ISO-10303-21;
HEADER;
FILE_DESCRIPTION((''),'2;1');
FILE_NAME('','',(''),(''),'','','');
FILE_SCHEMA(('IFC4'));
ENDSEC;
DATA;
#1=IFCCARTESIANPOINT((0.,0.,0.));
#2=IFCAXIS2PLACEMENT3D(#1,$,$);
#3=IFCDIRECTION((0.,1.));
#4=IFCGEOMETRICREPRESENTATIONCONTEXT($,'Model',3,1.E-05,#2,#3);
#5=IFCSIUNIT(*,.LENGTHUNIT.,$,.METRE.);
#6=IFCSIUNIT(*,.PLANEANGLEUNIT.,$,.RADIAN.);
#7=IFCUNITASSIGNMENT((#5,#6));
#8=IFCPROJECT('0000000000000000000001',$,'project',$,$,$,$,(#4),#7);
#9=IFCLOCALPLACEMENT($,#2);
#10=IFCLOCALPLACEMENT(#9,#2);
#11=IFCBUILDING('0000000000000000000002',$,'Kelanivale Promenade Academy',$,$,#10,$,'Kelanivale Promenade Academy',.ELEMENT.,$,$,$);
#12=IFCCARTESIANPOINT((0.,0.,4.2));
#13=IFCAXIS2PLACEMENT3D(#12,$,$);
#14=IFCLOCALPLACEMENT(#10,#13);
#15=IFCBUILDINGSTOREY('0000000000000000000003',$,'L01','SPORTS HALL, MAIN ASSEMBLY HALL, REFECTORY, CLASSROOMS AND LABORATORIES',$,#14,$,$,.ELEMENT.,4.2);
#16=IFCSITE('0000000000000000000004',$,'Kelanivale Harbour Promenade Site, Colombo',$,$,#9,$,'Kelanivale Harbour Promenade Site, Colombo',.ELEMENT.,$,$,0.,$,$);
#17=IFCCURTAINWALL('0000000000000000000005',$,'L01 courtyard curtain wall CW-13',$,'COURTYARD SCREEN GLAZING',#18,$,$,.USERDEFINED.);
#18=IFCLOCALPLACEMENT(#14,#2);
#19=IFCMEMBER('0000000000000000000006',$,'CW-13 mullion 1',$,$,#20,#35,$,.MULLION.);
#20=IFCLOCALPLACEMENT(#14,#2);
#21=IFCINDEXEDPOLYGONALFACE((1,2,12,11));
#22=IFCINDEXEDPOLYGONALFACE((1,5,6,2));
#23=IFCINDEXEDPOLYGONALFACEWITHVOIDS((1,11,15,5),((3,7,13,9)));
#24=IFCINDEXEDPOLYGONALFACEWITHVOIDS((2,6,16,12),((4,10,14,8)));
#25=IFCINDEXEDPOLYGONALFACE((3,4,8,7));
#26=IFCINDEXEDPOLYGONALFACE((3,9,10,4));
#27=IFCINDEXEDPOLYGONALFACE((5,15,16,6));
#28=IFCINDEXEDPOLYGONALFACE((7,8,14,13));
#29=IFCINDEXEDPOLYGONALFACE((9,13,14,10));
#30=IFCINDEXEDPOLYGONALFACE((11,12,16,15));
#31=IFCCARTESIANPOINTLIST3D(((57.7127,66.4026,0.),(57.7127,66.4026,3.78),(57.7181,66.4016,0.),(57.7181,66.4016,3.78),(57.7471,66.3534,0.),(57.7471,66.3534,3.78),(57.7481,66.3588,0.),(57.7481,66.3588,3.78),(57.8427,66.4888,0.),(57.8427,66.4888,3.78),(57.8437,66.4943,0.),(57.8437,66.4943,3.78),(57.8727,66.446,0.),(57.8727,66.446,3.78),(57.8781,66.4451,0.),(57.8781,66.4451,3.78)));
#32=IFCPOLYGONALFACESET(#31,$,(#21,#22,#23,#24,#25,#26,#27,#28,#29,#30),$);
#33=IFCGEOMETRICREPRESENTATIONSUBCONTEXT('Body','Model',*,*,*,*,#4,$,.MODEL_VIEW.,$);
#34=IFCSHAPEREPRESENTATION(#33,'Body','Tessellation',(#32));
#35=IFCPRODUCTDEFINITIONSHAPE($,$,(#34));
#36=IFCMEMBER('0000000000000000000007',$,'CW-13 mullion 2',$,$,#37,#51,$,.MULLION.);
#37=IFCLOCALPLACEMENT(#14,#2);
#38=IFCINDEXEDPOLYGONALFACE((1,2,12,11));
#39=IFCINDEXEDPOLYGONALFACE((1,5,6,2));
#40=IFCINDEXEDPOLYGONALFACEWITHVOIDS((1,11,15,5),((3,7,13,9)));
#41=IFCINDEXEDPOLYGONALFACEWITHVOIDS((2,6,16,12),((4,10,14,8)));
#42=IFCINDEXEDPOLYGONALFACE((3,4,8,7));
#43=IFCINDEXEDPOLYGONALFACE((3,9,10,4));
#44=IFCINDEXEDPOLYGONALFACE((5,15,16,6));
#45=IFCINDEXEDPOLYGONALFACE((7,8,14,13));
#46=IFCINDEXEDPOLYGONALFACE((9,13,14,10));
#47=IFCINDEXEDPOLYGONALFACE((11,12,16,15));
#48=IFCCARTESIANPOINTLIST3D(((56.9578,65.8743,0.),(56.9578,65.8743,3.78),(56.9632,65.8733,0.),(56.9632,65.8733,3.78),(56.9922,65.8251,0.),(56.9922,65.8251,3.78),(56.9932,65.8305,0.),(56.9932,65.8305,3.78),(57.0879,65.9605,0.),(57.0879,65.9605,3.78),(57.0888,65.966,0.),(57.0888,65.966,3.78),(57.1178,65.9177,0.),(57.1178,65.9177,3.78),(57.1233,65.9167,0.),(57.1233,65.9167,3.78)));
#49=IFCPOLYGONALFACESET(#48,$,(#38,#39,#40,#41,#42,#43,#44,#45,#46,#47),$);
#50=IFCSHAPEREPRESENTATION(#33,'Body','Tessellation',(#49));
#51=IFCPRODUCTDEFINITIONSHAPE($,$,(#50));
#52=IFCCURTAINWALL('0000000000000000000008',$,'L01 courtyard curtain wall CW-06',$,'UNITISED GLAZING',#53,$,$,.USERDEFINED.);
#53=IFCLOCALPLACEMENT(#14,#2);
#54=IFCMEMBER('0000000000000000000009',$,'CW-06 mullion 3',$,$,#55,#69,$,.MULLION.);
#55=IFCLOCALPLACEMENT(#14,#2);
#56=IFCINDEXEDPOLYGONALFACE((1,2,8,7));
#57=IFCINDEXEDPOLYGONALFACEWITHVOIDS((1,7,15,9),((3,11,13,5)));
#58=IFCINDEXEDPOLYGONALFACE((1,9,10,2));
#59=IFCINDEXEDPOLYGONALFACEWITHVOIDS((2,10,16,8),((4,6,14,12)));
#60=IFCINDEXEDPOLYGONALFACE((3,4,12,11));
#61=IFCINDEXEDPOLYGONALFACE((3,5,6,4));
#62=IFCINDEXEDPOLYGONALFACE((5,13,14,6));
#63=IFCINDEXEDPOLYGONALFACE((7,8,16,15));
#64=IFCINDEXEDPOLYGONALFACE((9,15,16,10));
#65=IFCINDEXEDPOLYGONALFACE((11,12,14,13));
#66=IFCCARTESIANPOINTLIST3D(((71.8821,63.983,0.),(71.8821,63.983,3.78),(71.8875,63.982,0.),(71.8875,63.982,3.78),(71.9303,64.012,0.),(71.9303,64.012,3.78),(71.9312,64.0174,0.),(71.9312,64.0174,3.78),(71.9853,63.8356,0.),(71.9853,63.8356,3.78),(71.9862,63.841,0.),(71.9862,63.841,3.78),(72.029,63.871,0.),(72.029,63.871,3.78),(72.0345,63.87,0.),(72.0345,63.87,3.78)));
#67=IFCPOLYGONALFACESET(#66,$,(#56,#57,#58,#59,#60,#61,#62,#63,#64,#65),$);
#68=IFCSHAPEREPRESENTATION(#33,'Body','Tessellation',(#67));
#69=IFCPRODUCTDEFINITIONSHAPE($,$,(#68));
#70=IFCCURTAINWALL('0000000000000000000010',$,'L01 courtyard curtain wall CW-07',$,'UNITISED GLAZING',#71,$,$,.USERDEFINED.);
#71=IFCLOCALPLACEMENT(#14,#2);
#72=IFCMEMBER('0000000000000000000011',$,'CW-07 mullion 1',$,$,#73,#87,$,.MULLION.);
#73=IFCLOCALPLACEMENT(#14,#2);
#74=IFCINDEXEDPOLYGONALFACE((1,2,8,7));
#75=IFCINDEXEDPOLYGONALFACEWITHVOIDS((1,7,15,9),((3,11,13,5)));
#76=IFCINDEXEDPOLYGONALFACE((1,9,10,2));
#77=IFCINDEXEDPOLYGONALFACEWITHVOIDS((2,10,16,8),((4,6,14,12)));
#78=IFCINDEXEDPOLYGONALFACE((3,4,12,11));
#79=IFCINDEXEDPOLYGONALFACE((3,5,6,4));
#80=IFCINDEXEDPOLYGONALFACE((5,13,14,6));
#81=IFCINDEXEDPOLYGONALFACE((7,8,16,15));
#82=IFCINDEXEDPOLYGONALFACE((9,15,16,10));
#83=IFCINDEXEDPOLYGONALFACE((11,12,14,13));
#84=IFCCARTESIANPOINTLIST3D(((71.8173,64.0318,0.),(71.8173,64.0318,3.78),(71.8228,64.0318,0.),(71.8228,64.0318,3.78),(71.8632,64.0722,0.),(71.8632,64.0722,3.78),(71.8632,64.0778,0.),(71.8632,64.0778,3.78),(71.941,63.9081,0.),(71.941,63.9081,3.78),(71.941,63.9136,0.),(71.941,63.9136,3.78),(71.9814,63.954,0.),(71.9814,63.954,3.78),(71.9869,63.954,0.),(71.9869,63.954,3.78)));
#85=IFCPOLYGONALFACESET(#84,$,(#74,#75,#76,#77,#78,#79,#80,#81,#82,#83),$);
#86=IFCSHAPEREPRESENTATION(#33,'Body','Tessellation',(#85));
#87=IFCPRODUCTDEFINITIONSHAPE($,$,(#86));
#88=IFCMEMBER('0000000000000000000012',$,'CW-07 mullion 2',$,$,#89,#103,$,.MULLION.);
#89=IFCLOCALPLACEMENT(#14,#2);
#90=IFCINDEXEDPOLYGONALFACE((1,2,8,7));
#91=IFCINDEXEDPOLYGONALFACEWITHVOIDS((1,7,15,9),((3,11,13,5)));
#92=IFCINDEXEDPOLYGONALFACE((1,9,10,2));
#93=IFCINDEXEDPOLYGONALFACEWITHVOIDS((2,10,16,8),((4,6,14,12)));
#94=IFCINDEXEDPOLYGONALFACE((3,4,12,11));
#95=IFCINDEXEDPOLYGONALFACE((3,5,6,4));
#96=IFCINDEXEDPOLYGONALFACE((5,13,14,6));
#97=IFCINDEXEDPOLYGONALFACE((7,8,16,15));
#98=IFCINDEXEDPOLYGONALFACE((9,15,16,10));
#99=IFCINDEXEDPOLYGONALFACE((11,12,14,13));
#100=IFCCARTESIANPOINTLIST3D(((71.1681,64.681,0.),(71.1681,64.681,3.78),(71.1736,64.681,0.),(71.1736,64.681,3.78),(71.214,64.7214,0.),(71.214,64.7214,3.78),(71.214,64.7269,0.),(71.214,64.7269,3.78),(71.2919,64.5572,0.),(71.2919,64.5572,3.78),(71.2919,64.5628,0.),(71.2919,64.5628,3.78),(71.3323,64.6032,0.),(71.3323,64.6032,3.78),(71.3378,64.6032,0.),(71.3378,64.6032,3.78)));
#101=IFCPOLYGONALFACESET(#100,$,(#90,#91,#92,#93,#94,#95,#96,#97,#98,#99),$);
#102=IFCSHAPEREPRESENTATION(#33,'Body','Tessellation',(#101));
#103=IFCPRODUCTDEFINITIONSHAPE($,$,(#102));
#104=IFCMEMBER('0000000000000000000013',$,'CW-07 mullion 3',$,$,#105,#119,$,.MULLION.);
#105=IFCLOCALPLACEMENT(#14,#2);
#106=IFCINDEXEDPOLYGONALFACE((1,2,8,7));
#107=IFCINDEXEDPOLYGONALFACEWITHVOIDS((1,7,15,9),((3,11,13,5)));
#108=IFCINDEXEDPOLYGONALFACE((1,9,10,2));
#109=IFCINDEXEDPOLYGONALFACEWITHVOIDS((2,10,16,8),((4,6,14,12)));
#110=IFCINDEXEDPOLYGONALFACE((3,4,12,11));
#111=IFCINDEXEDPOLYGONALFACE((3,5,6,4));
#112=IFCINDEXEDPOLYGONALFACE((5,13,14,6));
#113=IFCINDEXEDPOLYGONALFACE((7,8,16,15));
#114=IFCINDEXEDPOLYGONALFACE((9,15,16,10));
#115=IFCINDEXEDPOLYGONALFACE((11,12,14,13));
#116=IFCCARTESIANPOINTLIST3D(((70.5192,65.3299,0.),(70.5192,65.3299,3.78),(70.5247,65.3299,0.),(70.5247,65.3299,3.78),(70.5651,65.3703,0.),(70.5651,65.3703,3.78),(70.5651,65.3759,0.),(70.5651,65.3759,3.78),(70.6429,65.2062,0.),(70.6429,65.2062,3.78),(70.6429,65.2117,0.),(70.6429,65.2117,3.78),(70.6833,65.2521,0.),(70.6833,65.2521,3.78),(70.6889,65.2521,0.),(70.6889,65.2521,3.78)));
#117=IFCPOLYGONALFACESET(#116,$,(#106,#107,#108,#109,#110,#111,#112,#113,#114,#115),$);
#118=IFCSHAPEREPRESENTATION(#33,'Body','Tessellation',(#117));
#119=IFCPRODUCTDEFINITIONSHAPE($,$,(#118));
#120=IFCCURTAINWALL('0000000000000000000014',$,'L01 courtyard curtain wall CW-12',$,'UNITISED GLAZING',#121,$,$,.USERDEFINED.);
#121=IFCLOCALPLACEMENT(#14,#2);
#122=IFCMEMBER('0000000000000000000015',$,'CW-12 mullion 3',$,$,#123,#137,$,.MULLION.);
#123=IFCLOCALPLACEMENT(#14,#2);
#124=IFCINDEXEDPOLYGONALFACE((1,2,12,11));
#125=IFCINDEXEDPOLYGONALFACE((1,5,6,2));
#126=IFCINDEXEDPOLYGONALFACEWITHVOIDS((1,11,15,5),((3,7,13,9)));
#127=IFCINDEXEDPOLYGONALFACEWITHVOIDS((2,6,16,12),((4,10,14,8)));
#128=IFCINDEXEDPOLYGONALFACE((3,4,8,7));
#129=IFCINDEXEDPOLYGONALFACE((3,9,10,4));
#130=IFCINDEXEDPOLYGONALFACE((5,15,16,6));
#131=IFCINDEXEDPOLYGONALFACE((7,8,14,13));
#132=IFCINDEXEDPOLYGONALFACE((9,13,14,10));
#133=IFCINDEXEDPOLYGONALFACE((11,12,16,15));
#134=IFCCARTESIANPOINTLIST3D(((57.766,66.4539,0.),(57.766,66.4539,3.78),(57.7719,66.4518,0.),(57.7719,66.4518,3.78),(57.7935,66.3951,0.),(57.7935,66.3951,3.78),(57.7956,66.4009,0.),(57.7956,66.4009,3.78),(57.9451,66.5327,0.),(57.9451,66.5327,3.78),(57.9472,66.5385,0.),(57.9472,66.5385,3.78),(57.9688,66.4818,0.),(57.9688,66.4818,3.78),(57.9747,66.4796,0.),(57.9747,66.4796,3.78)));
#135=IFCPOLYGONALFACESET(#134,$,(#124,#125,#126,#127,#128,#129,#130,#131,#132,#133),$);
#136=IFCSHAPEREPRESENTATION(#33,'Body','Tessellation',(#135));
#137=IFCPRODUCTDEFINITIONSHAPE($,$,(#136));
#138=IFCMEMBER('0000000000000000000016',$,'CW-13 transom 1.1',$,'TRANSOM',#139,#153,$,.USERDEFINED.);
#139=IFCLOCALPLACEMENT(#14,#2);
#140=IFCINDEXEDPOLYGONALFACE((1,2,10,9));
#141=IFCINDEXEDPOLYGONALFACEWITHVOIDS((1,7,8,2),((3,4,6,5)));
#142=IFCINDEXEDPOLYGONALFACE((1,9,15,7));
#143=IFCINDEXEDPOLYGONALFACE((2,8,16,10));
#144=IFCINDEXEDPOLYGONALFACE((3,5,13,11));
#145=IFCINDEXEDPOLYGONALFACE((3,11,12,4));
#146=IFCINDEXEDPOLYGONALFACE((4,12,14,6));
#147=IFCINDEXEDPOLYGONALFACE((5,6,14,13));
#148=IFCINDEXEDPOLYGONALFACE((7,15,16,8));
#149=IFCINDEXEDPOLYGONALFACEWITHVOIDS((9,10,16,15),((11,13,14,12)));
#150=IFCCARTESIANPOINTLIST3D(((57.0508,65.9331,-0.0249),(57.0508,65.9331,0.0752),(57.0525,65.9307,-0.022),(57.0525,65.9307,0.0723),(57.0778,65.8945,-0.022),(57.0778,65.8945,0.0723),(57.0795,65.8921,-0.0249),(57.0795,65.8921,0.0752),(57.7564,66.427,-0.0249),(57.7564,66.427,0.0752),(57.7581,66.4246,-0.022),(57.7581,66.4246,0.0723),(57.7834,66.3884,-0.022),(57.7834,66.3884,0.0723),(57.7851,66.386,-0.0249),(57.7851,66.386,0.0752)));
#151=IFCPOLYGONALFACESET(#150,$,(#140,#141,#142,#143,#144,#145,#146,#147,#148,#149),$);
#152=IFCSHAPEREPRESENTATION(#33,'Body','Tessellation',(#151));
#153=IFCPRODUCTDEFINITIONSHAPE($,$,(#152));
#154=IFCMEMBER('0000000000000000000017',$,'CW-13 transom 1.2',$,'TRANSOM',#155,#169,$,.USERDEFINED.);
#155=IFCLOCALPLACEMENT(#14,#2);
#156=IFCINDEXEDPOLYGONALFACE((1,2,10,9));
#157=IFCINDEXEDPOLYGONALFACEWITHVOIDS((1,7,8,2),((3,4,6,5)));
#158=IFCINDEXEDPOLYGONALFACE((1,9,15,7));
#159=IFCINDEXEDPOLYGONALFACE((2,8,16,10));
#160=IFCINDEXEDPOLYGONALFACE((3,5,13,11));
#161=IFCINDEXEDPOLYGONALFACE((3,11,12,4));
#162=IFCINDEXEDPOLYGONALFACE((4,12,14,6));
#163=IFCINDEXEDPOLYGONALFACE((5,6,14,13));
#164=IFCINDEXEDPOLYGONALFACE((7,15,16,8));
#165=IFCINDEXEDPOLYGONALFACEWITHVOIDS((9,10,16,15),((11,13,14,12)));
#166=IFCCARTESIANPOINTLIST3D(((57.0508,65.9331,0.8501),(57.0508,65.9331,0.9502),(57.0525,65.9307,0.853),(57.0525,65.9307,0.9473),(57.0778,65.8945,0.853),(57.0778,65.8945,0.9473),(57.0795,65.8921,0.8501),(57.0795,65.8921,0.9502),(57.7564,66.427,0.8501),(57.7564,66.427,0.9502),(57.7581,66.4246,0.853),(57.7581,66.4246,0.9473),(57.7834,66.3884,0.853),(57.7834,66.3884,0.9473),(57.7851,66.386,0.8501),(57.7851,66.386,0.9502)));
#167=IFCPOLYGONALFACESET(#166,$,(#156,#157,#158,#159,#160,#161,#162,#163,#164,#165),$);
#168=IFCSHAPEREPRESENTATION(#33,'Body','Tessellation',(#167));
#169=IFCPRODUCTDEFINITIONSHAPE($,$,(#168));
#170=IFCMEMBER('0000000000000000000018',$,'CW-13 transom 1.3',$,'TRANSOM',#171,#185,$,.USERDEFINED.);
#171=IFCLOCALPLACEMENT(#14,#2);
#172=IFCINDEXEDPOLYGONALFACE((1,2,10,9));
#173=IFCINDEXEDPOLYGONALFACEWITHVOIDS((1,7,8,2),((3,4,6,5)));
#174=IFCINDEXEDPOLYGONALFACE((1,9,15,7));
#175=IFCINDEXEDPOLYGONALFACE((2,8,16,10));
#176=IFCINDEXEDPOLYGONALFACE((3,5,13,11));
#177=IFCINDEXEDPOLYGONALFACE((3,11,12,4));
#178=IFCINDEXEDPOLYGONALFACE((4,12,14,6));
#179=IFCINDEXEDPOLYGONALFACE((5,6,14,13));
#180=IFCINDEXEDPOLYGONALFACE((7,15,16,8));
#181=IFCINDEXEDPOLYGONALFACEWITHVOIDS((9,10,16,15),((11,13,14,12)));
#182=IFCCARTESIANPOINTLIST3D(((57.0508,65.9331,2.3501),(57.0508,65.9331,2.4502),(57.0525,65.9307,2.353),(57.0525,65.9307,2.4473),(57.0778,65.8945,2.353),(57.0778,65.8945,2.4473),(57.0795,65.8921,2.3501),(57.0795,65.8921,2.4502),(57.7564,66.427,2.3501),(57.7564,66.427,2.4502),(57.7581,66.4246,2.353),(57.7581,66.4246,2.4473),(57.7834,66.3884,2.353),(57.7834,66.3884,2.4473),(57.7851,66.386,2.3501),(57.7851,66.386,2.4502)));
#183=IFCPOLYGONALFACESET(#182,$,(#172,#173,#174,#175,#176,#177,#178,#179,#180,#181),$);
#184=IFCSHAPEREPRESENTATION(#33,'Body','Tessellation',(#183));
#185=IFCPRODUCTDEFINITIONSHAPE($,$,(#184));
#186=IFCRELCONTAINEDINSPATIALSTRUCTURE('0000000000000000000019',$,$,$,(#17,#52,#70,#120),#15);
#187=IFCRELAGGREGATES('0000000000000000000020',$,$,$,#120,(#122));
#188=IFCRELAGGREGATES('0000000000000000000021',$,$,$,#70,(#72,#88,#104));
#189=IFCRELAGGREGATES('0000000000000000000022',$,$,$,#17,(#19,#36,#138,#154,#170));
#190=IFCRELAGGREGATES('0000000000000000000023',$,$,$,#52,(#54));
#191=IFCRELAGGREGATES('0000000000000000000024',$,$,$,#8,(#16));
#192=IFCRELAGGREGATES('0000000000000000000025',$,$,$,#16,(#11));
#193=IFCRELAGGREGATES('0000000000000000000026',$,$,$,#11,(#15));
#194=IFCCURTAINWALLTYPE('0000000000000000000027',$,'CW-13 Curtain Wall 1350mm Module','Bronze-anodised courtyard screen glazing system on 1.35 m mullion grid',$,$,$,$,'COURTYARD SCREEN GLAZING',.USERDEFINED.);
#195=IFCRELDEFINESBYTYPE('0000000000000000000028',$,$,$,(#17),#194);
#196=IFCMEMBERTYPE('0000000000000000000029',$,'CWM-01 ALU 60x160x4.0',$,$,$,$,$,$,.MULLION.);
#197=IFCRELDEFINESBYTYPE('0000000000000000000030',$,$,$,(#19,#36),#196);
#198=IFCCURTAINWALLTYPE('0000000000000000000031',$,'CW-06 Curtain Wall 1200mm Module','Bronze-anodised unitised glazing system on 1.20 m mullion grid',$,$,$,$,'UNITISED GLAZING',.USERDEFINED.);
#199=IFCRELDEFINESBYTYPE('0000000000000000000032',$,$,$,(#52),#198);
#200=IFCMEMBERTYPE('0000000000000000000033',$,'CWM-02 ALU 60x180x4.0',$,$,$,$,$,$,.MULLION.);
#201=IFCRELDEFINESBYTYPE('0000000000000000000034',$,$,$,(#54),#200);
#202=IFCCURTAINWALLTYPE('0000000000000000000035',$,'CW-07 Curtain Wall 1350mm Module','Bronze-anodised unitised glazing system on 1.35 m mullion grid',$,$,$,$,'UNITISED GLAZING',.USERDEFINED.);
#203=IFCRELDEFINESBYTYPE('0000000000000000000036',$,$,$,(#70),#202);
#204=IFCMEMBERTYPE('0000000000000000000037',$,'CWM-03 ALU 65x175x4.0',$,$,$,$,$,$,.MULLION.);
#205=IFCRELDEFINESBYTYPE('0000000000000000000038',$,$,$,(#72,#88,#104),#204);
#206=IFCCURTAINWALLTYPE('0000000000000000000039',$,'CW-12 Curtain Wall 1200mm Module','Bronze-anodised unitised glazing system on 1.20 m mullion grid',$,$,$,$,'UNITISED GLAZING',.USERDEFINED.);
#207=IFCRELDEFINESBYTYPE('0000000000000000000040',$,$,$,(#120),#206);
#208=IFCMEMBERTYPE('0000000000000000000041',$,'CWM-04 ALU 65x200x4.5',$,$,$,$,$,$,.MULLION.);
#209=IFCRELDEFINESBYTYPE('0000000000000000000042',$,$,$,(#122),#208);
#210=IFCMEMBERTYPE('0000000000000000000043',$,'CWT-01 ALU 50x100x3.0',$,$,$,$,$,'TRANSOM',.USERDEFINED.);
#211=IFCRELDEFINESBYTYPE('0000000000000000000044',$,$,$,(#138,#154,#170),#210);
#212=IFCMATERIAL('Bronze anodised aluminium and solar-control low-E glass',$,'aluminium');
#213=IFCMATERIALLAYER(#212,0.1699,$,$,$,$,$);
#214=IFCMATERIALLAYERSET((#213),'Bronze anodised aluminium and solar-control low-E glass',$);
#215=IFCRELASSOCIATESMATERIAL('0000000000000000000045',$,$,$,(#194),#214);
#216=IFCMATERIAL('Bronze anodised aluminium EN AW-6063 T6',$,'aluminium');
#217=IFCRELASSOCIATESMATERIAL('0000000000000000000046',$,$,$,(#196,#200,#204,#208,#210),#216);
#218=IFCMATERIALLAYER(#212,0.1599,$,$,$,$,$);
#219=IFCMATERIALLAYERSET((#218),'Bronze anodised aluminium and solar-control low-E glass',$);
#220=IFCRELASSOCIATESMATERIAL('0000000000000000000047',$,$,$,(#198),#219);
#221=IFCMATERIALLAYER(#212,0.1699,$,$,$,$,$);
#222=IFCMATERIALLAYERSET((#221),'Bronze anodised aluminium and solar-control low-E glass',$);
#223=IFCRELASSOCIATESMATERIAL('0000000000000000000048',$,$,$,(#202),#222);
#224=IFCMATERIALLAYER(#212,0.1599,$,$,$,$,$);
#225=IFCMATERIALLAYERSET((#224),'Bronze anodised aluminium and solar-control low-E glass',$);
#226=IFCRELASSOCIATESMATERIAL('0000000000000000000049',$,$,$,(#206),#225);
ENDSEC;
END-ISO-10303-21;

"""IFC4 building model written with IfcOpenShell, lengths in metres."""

from ifc_helpers import new_model, si_unit, direction, frame, origin, origin_2d, place, context, subcontext, project, spatial, hollow_rectangle, extrude, material, layer, layer_set, material_profile, profile_set, type_object, element, aggregate, save


model = new_model("IFC4")

# Units and contexts
model_context = context("Model", 3, precision=1e-05, world=origin(), true_north=direction((0.0, 1.0)))
body_context = subcontext(model_context, "Body", "Model", "MODEL_VIEW")
ifc_project = project(units=[si_unit("LENGTHUNIT", "METRE"), si_unit("PLANEANGLEUNIT", "RADIAN")], contexts=[model_context])

# Site, building, storey
site_placement = place(None, origin())
site = spatial("IfcSite", under=ifc_project, at=site_placement, Name="Kelanivale Harbour Promenade Site, Colombo", LongName="Kelanivale Harbour Promenade Site, Colombo", CompositionType="ELEMENT", RefElevation=0.0)
building_placement = place(site_placement, origin())
building = spatial("IfcBuilding", under=site, at=building_placement, Name="Kelanivale Promenade Academy", LongName="Kelanivale Promenade Academy", CompositionType="ELEMENT")
storey_placement = place(building_placement, frame((0.0, 0.0, 4.2)))
storey = spatial("IfcBuildingStorey", under=building, at=storey_placement, Name="L01", Description="SPORTS HALL, MAIN ASSEMBLY HALL, REFECTORY, CLASSROOMS AND LABORATORIES", CompositionType="ELEMENT", Elevation=4.2)

# Curtain wall, members
ifc_material_1 = material(Name="Bronze anodised aluminium and solar-control low-E glass", Category="aluminium")
ifc_layer_1 = layer(ifc_material_1, 0.1699)
ifc_layer_set_1 = layer_set([ifc_layer_1], Name="Bronze anodised aluminium and solar-control low-E glass")
curtain_wall_type_1 = type_object("IfcCurtainWallType", Name="CW-13 Curtain Wall 1350mm Module", Description="Bronze-anodised courtyard screen glazing system on 1.35 m mullion grid", ElementType="COURTYARD SCREEN GLAZING", PredefinedType="USERDEFINED", material=ifc_layer_set_1)
curtain_wall_1_placement = place(storey_placement, origin())
curtain_wall_1 = element("IfcCurtainWall", 1, at=curtain_wall_1_placement, inside=storey, type_object=curtain_wall_type_1, Name="L01 courtyard curtain wall CW-13", ObjectType="COURTYARD SCREEN GLAZING", PredefinedType="USERDEFINED")
ifc_material_2 = material(Name="Bronze anodised aluminium EN AW-6063 T6", Category="aluminium")
ifc_material_profile_1 = material_profile(ifc_material_2, hollow_rectangle(XDim=0.0601, YDim=0.1599, WallThickness=0.0039, at=origin_2d()), Name="ALU 60x160x4.0")
ifc_profile_set_1 = profile_set([ifc_material_profile_1], Name="Bronze anodised aluminium EN AW-6063 T6")
member_type_1 = type_object("IfcMemberType", Name="CWM-01 ALU 60x160x4.0", PredefinedType="MULLION", material=ifc_profile_set_1)
member_1_placement = place(storey_placement, frame((57.7954, 66.4238, 0.0), z_axis=(0.0, 0.0, 1.0), x_axis=(0.573357, -0.819306, 0.0)))
member_1 = element("IfcMember", 2, at=member_1_placement, type_object=member_type_1, Name="CW-13 mullion 1", PredefinedType="MULLION", context=body_context, shape_type="SweptSolid", body=[
    extrude(hollow_rectangle(XDim=0.0601, YDim=0.1599, WallThickness=0.0039, at=origin_2d()), origin(), (0.0, 0.0, 1.0), 3.78),
])
member_2_placement = place(storey_placement, frame((57.0405, 65.8955, 0.0), z_axis=(0.0, 0.0, 1.0), x_axis=(0.573357, -0.819306, 0.0)))
member_2 = element("IfcMember", 3, at=member_2_placement, type_object=member_type_1, Name="CW-13 mullion 2", PredefinedType="MULLION", context=body_context, shape_type="SweptSolid", body=[
    extrude(hollow_rectangle(XDim=0.0601, YDim=0.1599, WallThickness=0.0039, at=origin_2d()), origin(), (0.0, 0.0, 1.0), 3.78),
])

# Curtain wall, member
ifc_layer_2 = layer(ifc_material_1, 0.1599)
ifc_layer_set_2 = layer_set([ifc_layer_2], Name="Bronze anodised aluminium and solar-control low-E glass")
curtain_wall_type_2 = type_object("IfcCurtainWallType", Name="CW-06 Curtain Wall 1200mm Module", Description="Bronze-anodised unitised glazing system on 1.20 m mullion grid", ElementType="UNITISED GLAZING", PredefinedType="USERDEFINED", material=ifc_layer_set_2)
curtain_wall_2_placement = place(storey_placement, origin())
curtain_wall_2 = element("IfcCurtainWall", 4, at=curtain_wall_2_placement, inside=storey, type_object=curtain_wall_type_2, Name="L01 courtyard curtain wall CW-06", ObjectType="UNITISED GLAZING", PredefinedType="USERDEFINED")
ifc_material_profile_2 = material_profile(ifc_material_2, hollow_rectangle(XDim=0.0601, YDim=0.1799, WallThickness=0.0039, at=origin_2d()), Name="ALU 60x180x4.0")
ifc_profile_set_2 = profile_set([ifc_material_profile_2], Name="Bronze anodised aluminium EN AW-6063 T6")
member_type_2 = type_object("IfcMemberType", Name="CWM-02 ALU 60x180x4.0", PredefinedType="MULLION", material=ifc_profile_set_2)
member_3_placement = place(storey_placement, frame((71.9583, 63.9265, 0.0), z_axis=(0.0, 0.0, 1.0), x_axis=(-0.819158, -0.573567, 0.0)))
member_3 = element("IfcMember", 5, at=member_3_placement, type_object=member_type_2, Name="CW-06 mullion 3", PredefinedType="MULLION", context=body_context, shape_type="SweptSolid", body=[
    extrude(hollow_rectangle(XDim=0.0601, YDim=0.1799, WallThickness=0.0039, at=origin_2d()), origin(), (0.0, 0.0, 1.0), 3.78),
])

# Curtain wall, members
ifc_layer_3 = layer(ifc_material_1, 0.1699)
ifc_layer_set_3 = layer_set([ifc_layer_3], Name="Bronze anodised aluminium and solar-control low-E glass")
curtain_wall_type_3 = type_object("IfcCurtainWallType", Name="CW-07 Curtain Wall 1350mm Module", Description="Bronze-anodised unitised glazing system on 1.35 m mullion grid", ElementType="UNITISED GLAZING", PredefinedType="USERDEFINED", material=ifc_layer_set_3)
curtain_wall_3_placement = place(storey_placement, origin())
curtain_wall_3 = element("IfcCurtainWall", 6, at=curtain_wall_3_placement, inside=storey, type_object=curtain_wall_type_3, Name="L01 courtyard curtain wall CW-07", ObjectType="UNITISED GLAZING", PredefinedType="USERDEFINED")
ifc_material_profile_3 = material_profile(ifc_material_2, hollow_rectangle(XDim=0.0649, YDim=0.175, WallThickness=0.0039, at=origin_2d()), Name="ALU 65x175x4.0")
ifc_profile_set_3 = profile_set([ifc_material_profile_3], Name="Bronze anodised aluminium EN AW-6063 T6")
member_type_3 = type_object("IfcMemberType", Name="CWM-03 ALU 65x175x4.0", PredefinedType="MULLION", material=ifc_profile_set_3)
member_4_placement = place(storey_placement, frame((71.9021, 63.9929, 0.0), z_axis=(0.0, 0.0, 1.0), x_axis=(-0.707107, -0.707107, 0.0)))
member_4 = element("IfcMember", 7, at=member_4_placement, type_object=member_type_3, Name="CW-07 mullion 1", PredefinedType="MULLION", context=body_context, shape_type="SweptSolid", body=[
    extrude(hollow_rectangle(XDim=0.0649, YDim=0.175, WallThickness=0.0039, at=origin_2d()), origin(), (0.0, 0.0, 1.0), 3.78),
])
member_5_placement = place(storey_placement, frame((71.2529, 64.6421, 0.0), z_axis=(0.0, 0.0, 1.0), x_axis=(-0.707107, -0.707107, 0.0)))
member_5 = element("IfcMember", 8, at=member_5_placement, type_object=member_type_3, Name="CW-07 mullion 2", PredefinedType="MULLION", context=body_context, shape_type="SweptSolid", body=[
    extrude(hollow_rectangle(XDim=0.0649, YDim=0.175, WallThickness=0.0039, at=origin_2d()), origin(), (0.0, 0.0, 1.0), 3.78),
])
member_6_placement = place(storey_placement, frame((70.604, 65.291, 0.0), z_axis=(0.0, 0.0, 1.0), x_axis=(-0.707107, -0.707107, 0.0)))
member_6 = element("IfcMember", 9, at=member_6_placement, type_object=member_type_3, Name="CW-07 mullion 3", PredefinedType="MULLION", context=body_context, shape_type="SweptSolid", body=[
    extrude(hollow_rectangle(XDim=0.0649, YDim=0.175, WallThickness=0.0039, at=origin_2d()), origin(), (0.0, 0.0, 1.0), 3.78),
])

# Curtain wall, member
ifc_layer_4 = layer(ifc_material_1, 0.1599)
ifc_layer_set_4 = layer_set([ifc_layer_4], Name="Bronze anodised aluminium and solar-control low-E glass")
curtain_wall_type_4 = type_object("IfcCurtainWallType", Name="CW-12 Curtain Wall 1200mm Module", Description="Bronze-anodised unitised glazing system on 1.20 m mullion grid", ElementType="UNITISED GLAZING", PredefinedType="USERDEFINED", material=ifc_layer_set_4)
curtain_wall_4_placement = place(storey_placement, origin())
curtain_wall_4 = element("IfcCurtainWall", 10, at=curtain_wall_4_placement, inside=storey, type_object=curtain_wall_type_4, Name="L01 courtyard curtain wall CW-12", ObjectType="UNITISED GLAZING", PredefinedType="USERDEFINED")
ifc_material_profile_4 = material_profile(ifc_material_2, hollow_rectangle(XDim=0.0649, YDim=0.2, WallThickness=0.0044, at=origin_2d()), Name="ALU 65x200x4.5")
ifc_profile_set_4 = profile_set([ifc_material_profile_4], Name="Bronze anodised aluminium EN AW-6063 T6")
member_type_4 = type_object("IfcMemberType", Name="CWM-04 ALU 65x200x4.5", PredefinedType="MULLION", material=ifc_profile_set_4)
member_7_placement = place(storey_placement, frame((57.8704, 66.4668, 0.0), z_axis=(0.0, 0.0, 1.0), x_axis=(0.422857, -0.906196, 0.0)))
member_7 = element("IfcMember", 11, at=member_7_placement, type_object=member_type_4, Name="CW-12 mullion 3", PredefinedType="MULLION", context=body_context, shape_type="SweptSolid", body=[
    extrude(hollow_rectangle(XDim=0.0649, YDim=0.2, WallThickness=0.0044, at=origin_2d()), origin(), (0.0, 0.0, 1.0), 3.78),
])
aggregate(curtain_wall_4, [member_7])

# Members
ifc_material_profile_5 = material_profile(ifc_material_2, hollow_rectangle(XDim=0.05, YDim=0.1001, WallThickness=0.0029, at=origin_2d()), Name="ALU 50x100x3.0")
ifc_profile_set_5 = profile_set([ifc_material_profile_5], Name="Bronze anodised aluminium EN AW-6063 T6")
member_type_5 = type_object("IfcMemberType", Name="CWT-01 ALU 50x100x3.0", ElementType="TRANSOM", PredefinedType="USERDEFINED", material=ifc_profile_set_5)
member_8_placement = place(storey_placement, frame((57.7708, 66.4065, 0.0251), z_axis=(-0.819232, -0.573462, 0.0), x_axis=(0.573462, -0.819232, 0.0)))
member_8 = element("IfcMember", 12, at=member_8_placement, type_object=member_type_5, Name="CW-13 transom 1.1", ObjectType="TRANSOM", PredefinedType="USERDEFINED", context=body_context, shape_type="SweptSolid", body=[
    extrude(hollow_rectangle(XDim=0.05, YDim=0.1001, WallThickness=0.0029, at=origin_2d()), origin(), (0.0, 0.0, 1.0), 0.8613),
])
member_9_placement = place(storey_placement, frame((57.7708, 66.4065, 0.9001), z_axis=(-0.819232, -0.573462, 0.0), x_axis=(0.573462, -0.819232, 0.0)))
member_9 = element("IfcMember", 13, at=member_9_placement, type_object=member_type_5, Name="CW-13 transom 1.2", ObjectType="TRANSOM", PredefinedType="USERDEFINED", context=body_context, shape_type="SweptSolid", body=[
    extrude(hollow_rectangle(XDim=0.05, YDim=0.1001, WallThickness=0.0029, at=origin_2d()), origin(), (0.0, 0.0, 1.0), 0.8613),
])
member_10_placement = place(storey_placement, frame((57.7708, 66.4065, 2.4001), z_axis=(-0.819232, -0.573462, 0.0), x_axis=(0.573462, -0.819232, 0.0)))
member_10 = element("IfcMember", 14, at=member_10_placement, type_object=member_type_5, Name="CW-13 transom 1.3", ObjectType="TRANSOM", PredefinedType="USERDEFINED", context=body_context, shape_type="SweptSolid", body=[
    extrude(hollow_rectangle(XDim=0.05, YDim=0.1001, WallThickness=0.0029, at=origin_2d()), origin(), (0.0, 0.0, 1.0), 0.8613),
])

aggregate(curtain_wall_3, [member_4, member_5, member_6])
aggregate(curtain_wall_1, [member_1, member_2, member_8, member_9, member_10])
aggregate(curtain_wall_2, [member_3])

save(model, "model.ifc")
